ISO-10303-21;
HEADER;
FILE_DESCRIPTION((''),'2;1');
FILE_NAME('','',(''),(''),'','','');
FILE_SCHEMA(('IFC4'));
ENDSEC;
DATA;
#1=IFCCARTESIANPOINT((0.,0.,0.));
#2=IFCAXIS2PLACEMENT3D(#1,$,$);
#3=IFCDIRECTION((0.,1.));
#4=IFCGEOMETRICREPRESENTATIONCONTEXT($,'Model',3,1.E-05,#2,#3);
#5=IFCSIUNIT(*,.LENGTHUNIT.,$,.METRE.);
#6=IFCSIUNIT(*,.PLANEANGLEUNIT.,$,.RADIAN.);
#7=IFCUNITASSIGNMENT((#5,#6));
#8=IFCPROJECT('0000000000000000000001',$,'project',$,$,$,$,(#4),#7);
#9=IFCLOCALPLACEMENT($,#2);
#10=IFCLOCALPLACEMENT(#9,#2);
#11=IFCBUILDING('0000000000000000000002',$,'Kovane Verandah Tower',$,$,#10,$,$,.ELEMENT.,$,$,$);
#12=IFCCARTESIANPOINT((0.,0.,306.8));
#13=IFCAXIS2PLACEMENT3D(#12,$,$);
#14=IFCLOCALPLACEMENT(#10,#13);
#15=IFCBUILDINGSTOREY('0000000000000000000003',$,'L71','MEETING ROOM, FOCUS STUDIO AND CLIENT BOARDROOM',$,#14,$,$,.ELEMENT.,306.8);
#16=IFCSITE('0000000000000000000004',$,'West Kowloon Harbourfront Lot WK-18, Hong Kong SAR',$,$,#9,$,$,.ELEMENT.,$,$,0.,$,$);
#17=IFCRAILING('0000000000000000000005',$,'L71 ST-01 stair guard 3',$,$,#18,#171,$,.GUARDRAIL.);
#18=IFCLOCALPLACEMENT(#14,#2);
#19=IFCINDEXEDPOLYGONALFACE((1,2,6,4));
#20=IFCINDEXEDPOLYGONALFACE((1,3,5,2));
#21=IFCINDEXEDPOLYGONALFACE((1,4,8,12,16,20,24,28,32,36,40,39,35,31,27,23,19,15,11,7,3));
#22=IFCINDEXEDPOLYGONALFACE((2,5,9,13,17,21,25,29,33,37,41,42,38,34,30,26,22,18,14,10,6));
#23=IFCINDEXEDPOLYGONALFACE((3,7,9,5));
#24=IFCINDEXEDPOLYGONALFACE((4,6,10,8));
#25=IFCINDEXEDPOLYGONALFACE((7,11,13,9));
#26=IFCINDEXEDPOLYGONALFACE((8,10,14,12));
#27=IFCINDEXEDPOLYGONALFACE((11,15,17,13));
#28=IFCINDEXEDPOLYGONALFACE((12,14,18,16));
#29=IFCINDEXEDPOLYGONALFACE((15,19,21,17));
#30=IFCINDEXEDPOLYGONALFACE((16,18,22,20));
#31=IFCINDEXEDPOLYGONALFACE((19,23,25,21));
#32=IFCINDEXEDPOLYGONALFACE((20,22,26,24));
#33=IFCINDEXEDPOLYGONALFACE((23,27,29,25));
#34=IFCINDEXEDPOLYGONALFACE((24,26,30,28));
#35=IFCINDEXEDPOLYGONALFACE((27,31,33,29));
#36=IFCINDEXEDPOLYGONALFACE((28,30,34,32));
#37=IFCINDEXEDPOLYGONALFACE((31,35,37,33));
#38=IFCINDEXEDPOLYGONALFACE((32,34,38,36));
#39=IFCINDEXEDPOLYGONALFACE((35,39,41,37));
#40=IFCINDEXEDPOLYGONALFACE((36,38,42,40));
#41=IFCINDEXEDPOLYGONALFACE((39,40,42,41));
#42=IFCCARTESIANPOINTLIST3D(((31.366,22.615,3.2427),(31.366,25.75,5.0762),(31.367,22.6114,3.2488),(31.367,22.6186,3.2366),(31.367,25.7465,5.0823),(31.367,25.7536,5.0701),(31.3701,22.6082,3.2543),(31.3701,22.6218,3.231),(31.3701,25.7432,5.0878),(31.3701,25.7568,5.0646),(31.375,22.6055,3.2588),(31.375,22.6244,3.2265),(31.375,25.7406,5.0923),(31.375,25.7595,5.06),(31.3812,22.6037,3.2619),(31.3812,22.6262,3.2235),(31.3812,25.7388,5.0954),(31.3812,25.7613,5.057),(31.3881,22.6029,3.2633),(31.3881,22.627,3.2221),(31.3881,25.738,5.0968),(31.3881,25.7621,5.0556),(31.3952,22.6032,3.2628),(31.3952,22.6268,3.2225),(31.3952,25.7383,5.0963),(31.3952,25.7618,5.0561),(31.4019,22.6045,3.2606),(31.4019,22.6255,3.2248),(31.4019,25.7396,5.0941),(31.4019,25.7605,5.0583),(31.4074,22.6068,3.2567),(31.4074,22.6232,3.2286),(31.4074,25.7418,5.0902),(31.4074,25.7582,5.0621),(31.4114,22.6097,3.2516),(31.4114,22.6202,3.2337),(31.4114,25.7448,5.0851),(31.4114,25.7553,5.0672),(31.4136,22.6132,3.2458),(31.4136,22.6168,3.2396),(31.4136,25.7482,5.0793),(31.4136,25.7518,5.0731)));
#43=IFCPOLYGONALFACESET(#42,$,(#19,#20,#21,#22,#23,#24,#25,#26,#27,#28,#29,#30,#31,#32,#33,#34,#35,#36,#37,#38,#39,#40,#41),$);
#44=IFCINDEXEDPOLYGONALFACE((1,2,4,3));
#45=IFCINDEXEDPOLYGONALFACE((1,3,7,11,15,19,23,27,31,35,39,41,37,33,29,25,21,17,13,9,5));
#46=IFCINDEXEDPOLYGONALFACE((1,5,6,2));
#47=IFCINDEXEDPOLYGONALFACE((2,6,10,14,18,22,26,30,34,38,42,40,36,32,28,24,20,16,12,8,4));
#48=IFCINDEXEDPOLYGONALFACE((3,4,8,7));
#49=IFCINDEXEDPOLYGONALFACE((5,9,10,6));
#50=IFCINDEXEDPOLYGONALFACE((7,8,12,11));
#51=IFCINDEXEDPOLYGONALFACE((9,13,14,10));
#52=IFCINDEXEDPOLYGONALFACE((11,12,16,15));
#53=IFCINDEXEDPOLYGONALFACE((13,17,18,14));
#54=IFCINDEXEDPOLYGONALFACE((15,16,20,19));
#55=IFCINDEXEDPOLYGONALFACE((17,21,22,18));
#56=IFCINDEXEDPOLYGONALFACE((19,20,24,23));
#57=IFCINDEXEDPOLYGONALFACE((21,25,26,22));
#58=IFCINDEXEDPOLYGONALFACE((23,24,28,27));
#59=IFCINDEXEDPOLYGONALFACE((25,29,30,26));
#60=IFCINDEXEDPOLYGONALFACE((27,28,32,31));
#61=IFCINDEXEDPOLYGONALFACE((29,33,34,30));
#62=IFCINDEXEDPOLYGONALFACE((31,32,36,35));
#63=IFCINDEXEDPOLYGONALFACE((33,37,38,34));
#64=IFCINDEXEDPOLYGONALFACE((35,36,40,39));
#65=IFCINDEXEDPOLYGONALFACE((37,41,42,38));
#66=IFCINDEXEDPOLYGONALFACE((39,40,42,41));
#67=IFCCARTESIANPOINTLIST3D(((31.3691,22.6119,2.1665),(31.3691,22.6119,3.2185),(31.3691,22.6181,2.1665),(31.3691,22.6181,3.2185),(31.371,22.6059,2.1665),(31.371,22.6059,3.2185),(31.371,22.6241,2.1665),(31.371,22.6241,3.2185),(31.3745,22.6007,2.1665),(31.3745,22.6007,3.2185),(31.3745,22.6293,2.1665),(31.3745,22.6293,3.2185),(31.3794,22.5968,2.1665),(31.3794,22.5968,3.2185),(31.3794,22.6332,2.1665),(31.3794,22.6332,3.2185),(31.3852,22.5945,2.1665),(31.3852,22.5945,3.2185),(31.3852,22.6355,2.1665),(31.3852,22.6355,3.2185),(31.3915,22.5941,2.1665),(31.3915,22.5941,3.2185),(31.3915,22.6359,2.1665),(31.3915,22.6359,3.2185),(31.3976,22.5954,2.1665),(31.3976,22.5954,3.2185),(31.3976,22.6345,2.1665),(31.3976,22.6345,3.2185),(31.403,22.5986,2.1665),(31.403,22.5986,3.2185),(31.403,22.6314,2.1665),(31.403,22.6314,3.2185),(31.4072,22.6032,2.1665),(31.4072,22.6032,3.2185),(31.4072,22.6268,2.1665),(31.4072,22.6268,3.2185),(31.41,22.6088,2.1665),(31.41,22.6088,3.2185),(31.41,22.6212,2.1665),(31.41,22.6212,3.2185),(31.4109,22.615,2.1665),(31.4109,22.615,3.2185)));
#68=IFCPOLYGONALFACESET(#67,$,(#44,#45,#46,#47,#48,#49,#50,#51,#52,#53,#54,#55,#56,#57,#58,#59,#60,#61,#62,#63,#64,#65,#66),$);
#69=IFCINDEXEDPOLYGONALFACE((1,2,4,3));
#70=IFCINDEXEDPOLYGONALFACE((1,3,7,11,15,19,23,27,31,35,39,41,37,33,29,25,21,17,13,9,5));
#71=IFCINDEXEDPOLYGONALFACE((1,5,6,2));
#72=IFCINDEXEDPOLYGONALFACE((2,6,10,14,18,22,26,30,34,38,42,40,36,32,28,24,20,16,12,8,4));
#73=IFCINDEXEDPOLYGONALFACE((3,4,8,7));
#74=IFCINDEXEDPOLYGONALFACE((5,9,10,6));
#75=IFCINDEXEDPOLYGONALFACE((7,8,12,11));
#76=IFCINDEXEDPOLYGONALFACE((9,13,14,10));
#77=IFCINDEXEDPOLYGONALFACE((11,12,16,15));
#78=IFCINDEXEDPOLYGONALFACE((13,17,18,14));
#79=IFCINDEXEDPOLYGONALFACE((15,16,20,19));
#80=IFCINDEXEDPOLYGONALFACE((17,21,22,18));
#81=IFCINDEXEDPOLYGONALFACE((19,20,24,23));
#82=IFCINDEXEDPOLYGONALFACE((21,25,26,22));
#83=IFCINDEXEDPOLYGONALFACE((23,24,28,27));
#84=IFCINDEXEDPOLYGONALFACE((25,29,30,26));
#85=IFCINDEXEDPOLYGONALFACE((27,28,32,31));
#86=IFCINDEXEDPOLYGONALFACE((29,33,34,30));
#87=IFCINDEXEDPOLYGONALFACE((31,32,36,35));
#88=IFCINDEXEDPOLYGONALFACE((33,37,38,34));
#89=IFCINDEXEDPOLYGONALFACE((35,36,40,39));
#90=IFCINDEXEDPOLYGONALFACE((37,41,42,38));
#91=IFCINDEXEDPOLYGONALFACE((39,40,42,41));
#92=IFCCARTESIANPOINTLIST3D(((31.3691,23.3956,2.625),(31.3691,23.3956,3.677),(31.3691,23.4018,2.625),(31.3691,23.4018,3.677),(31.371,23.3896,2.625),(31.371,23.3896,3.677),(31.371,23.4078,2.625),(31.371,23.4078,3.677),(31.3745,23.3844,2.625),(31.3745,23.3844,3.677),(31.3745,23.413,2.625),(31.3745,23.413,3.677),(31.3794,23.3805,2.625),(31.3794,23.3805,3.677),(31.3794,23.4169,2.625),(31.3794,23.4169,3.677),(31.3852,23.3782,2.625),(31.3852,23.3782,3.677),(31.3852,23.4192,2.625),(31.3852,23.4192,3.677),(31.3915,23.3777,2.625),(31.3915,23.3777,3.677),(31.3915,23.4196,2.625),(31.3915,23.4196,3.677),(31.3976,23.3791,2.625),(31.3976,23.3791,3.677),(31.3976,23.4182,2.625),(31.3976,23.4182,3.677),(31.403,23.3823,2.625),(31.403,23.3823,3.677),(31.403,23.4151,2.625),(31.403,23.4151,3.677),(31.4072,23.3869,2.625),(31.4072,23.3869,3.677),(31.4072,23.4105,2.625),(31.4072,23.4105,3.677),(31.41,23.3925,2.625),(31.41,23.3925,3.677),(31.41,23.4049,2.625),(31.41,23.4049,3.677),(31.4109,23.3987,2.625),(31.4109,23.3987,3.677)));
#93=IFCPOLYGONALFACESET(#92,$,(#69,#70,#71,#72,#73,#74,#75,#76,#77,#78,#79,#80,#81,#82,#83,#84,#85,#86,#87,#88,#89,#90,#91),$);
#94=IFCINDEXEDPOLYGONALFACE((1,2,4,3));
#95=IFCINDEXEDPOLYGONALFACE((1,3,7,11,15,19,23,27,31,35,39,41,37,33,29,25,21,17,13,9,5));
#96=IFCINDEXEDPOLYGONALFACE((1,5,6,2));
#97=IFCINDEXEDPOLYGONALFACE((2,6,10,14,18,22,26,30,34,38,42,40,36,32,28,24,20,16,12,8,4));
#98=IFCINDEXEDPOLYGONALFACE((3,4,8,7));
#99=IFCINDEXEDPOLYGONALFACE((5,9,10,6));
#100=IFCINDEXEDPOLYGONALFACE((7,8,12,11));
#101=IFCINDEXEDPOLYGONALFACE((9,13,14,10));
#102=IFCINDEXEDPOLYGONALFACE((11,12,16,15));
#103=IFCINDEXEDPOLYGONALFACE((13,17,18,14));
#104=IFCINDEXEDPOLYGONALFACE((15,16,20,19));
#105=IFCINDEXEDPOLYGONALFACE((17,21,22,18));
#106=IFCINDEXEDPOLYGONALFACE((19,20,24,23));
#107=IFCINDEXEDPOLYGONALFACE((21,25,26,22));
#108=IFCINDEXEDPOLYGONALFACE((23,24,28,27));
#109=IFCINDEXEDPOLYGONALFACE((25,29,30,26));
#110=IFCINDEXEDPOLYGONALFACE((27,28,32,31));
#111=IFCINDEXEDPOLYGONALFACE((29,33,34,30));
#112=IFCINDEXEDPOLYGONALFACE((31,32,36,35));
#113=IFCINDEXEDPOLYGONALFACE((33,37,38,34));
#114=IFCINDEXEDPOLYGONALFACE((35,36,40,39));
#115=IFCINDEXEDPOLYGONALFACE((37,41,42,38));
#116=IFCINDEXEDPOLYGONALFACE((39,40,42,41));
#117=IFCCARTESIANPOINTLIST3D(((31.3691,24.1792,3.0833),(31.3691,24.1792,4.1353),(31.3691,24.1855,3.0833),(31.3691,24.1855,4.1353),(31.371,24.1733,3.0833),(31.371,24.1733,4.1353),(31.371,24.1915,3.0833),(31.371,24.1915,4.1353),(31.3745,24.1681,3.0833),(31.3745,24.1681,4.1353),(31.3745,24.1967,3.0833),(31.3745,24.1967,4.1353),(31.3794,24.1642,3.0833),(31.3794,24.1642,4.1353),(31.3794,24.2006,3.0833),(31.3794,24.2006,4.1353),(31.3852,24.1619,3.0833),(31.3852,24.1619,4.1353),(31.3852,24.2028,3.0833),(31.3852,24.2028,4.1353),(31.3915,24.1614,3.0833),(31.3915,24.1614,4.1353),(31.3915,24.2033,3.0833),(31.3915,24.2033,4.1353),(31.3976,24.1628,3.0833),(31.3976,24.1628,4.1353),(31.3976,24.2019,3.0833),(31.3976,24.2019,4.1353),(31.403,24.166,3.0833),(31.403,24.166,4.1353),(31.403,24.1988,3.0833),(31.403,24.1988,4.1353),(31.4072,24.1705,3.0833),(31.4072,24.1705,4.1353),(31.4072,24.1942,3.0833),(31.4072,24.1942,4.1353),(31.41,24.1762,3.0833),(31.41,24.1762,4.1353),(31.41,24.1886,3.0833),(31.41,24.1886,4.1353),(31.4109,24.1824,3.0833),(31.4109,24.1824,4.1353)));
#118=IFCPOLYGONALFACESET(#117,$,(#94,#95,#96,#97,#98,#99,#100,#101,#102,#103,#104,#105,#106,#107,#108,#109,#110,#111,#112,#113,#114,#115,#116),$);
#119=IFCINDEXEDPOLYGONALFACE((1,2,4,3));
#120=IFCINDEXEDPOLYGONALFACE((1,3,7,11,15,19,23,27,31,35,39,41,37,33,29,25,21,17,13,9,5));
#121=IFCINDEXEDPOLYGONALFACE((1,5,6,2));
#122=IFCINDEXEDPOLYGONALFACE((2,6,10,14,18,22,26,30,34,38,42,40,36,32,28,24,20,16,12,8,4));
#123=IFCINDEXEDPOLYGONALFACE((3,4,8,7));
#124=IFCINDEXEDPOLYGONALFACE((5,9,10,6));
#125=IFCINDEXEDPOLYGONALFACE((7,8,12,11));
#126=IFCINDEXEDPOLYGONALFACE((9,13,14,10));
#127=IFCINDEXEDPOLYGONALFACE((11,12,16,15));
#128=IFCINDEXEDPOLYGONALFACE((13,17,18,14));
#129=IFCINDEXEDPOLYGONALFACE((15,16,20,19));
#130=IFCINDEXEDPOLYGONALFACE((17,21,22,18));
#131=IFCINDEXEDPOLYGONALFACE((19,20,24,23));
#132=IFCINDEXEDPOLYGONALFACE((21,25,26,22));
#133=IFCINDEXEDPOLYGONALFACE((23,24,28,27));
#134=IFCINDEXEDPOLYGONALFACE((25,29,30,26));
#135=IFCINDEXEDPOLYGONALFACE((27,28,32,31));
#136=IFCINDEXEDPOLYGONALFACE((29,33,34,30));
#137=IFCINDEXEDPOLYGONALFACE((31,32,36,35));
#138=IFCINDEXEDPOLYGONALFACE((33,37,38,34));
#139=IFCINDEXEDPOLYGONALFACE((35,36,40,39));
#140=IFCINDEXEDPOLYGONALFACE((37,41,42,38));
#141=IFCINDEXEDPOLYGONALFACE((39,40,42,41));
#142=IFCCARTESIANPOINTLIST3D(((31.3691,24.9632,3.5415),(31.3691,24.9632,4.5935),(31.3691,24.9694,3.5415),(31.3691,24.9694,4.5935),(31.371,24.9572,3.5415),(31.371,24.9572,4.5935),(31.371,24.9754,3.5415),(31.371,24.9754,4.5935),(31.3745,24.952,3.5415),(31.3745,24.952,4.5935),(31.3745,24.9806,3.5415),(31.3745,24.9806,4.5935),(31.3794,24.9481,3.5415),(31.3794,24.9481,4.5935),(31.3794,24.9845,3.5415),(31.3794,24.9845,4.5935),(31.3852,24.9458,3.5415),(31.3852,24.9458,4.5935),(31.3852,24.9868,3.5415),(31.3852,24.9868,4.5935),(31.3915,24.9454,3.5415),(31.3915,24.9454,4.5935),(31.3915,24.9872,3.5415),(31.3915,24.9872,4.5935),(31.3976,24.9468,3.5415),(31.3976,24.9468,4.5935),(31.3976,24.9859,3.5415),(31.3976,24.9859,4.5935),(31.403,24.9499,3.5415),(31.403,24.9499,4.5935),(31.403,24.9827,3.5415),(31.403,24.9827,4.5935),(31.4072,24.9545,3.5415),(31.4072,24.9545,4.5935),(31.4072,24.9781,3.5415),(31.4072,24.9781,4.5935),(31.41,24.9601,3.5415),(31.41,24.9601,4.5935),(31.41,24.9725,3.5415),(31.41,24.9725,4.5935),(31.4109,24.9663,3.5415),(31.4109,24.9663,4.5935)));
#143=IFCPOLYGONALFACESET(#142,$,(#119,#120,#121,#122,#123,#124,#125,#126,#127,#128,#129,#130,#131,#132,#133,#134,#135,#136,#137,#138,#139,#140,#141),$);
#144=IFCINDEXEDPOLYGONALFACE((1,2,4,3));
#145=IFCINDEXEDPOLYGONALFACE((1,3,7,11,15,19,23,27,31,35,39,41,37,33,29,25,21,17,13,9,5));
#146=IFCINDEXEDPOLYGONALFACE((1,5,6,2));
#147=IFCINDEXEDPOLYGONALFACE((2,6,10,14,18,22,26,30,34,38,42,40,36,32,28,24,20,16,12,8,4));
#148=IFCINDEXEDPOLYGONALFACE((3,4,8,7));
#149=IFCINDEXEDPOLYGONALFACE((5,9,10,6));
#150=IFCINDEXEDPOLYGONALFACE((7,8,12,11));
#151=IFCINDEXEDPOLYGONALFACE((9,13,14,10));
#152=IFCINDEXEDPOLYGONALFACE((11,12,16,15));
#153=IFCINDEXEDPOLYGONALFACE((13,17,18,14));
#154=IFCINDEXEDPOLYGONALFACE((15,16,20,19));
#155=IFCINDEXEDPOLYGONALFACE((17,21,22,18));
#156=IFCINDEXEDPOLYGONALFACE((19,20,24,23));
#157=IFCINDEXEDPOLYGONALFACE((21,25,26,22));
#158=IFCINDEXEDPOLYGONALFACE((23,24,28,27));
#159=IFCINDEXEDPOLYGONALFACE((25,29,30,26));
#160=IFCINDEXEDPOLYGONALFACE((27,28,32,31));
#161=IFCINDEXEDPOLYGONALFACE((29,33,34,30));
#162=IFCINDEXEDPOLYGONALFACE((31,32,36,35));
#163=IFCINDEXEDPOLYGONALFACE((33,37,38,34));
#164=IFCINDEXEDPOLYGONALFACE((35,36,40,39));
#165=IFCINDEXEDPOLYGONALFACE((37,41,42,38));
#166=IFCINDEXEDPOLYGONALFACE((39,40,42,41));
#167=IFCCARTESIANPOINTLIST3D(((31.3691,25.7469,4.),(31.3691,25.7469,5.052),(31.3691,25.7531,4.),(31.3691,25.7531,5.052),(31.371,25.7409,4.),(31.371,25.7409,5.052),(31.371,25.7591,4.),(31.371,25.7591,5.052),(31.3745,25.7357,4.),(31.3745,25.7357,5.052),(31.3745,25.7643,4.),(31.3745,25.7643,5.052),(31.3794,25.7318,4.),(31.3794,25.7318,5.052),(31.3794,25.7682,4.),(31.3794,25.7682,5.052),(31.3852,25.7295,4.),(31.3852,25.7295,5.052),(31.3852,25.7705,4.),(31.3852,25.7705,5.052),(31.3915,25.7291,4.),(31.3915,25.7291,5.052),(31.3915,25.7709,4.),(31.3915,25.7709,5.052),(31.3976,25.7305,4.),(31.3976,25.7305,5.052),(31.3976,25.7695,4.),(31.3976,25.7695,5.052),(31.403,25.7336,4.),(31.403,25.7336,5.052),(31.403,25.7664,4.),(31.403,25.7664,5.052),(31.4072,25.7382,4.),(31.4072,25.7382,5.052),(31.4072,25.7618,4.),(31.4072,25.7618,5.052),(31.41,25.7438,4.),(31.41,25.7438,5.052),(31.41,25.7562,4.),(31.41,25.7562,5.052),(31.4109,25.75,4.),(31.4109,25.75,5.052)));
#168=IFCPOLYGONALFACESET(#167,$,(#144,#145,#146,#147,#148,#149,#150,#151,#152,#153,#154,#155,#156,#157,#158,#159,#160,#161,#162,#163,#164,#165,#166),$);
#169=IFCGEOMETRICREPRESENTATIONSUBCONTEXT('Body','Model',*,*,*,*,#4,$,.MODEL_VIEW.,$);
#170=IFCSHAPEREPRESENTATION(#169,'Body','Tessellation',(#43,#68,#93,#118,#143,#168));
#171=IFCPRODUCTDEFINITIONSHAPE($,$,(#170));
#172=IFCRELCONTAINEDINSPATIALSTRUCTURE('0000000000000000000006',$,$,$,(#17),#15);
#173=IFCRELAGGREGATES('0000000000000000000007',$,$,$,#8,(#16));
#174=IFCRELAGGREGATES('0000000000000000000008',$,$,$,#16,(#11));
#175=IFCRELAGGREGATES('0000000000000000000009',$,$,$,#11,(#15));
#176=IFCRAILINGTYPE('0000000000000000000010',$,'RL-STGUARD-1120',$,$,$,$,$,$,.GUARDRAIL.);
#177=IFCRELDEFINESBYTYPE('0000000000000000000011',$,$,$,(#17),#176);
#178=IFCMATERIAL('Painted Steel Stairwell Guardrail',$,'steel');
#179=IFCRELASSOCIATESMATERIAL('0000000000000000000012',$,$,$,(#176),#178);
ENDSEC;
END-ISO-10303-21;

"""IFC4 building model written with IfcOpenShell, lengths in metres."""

from ifc_helpers import new_model, si_unit, direction, frame, origin, origin_2d, place, context, subcontext, project, spatial, circle, extrude, material, type_object, element, save


model = new_model("IFC4")

# Units and contexts
model_context = context("Model", 3, precision=1e-05, world=origin(), true_north=direction((0.0, 1.0)))
body_context = subcontext(model_context, "Body", "Model", "MODEL_VIEW")
ifc_project = project(units=[si_unit("LENGTHUNIT", "METRE"), si_unit("PLANEANGLEUNIT", "RADIAN")], contexts=[model_context])

# Site, building, storey
site_placement = place(None, origin())
site = spatial("IfcSite", under=ifc_project, at=site_placement, Name="West Kowloon Harbourfront Lot WK-18, Hong Kong SAR", CompositionType="ELEMENT", RefElevation=0.0)
building_placement = place(site_placement, origin())
building = spatial("IfcBuilding", under=site, at=building_placement, Name="Kovane Verandah Tower", CompositionType="ELEMENT")
storey_placement = place(building_placement, frame((0.0, 0.0, 306.8)))
storey = spatial("IfcBuildingStorey", under=building, at=storey_placement, Name="L71", Description="MEETING ROOM, FOCUS STUDIO AND CLIENT BOARDROOM", CompositionType="ELEMENT", Elevation=306.8)

# Railing
ifc_material_1 = material(Name="Painted Steel Stairwell Guardrail", Category="steel")
railing_type_1 = type_object("IfcRailingType", Name="RL-STGUARD-1120", PredefinedType="GUARDRAIL", material=ifc_material_1)
railing_1_placement = place(storey_placement, frame((31.3899, 22.615, 2.1665)))
element("IfcRailing", 1, at=railing_1_placement, inside=storey, type_object=railing_type_1, Name="L71 ST-01 stair guard 3", PredefinedType="GUARDRAIL", context=body_context, shape_type="SweptSolid", body=[
    extrude(circle(Radius=0.0239, at=origin_2d()), frame((0.0, 0.0, 1.0762), z_axis=(0.0, 0.86321, 0.504845), x_axis=(-1.0, 0.0, 0.0)), (0.0, 0.0, 1.0), 3.6318),
    extrude(circle(Radius=0.021, at=origin_2d()), origin(), (0.0, 0.0, 1.0), 1.052),
    extrude(circle(Radius=0.021, at=origin_2d()), frame((0.0, 0.7837, 0.4585)), (0.0, 0.0, 1.0), 1.052),
    extrude(circle(Radius=0.021, at=origin_2d()), frame((0.0, 1.5674, 0.9167)), (0.0, 0.0, 1.0), 1.052),
    extrude(circle(Radius=0.021, at=origin_2d()), frame((0.0, 2.3513, 1.375)), (0.0, 0.0, 1.0), 1.052),
    extrude(circle(Radius=0.021, at=origin_2d()), frame((0.0, 3.135, 1.8335)), (0.0, 0.0, 1.0), 1.052),
])

save(model, "model.ifc")
